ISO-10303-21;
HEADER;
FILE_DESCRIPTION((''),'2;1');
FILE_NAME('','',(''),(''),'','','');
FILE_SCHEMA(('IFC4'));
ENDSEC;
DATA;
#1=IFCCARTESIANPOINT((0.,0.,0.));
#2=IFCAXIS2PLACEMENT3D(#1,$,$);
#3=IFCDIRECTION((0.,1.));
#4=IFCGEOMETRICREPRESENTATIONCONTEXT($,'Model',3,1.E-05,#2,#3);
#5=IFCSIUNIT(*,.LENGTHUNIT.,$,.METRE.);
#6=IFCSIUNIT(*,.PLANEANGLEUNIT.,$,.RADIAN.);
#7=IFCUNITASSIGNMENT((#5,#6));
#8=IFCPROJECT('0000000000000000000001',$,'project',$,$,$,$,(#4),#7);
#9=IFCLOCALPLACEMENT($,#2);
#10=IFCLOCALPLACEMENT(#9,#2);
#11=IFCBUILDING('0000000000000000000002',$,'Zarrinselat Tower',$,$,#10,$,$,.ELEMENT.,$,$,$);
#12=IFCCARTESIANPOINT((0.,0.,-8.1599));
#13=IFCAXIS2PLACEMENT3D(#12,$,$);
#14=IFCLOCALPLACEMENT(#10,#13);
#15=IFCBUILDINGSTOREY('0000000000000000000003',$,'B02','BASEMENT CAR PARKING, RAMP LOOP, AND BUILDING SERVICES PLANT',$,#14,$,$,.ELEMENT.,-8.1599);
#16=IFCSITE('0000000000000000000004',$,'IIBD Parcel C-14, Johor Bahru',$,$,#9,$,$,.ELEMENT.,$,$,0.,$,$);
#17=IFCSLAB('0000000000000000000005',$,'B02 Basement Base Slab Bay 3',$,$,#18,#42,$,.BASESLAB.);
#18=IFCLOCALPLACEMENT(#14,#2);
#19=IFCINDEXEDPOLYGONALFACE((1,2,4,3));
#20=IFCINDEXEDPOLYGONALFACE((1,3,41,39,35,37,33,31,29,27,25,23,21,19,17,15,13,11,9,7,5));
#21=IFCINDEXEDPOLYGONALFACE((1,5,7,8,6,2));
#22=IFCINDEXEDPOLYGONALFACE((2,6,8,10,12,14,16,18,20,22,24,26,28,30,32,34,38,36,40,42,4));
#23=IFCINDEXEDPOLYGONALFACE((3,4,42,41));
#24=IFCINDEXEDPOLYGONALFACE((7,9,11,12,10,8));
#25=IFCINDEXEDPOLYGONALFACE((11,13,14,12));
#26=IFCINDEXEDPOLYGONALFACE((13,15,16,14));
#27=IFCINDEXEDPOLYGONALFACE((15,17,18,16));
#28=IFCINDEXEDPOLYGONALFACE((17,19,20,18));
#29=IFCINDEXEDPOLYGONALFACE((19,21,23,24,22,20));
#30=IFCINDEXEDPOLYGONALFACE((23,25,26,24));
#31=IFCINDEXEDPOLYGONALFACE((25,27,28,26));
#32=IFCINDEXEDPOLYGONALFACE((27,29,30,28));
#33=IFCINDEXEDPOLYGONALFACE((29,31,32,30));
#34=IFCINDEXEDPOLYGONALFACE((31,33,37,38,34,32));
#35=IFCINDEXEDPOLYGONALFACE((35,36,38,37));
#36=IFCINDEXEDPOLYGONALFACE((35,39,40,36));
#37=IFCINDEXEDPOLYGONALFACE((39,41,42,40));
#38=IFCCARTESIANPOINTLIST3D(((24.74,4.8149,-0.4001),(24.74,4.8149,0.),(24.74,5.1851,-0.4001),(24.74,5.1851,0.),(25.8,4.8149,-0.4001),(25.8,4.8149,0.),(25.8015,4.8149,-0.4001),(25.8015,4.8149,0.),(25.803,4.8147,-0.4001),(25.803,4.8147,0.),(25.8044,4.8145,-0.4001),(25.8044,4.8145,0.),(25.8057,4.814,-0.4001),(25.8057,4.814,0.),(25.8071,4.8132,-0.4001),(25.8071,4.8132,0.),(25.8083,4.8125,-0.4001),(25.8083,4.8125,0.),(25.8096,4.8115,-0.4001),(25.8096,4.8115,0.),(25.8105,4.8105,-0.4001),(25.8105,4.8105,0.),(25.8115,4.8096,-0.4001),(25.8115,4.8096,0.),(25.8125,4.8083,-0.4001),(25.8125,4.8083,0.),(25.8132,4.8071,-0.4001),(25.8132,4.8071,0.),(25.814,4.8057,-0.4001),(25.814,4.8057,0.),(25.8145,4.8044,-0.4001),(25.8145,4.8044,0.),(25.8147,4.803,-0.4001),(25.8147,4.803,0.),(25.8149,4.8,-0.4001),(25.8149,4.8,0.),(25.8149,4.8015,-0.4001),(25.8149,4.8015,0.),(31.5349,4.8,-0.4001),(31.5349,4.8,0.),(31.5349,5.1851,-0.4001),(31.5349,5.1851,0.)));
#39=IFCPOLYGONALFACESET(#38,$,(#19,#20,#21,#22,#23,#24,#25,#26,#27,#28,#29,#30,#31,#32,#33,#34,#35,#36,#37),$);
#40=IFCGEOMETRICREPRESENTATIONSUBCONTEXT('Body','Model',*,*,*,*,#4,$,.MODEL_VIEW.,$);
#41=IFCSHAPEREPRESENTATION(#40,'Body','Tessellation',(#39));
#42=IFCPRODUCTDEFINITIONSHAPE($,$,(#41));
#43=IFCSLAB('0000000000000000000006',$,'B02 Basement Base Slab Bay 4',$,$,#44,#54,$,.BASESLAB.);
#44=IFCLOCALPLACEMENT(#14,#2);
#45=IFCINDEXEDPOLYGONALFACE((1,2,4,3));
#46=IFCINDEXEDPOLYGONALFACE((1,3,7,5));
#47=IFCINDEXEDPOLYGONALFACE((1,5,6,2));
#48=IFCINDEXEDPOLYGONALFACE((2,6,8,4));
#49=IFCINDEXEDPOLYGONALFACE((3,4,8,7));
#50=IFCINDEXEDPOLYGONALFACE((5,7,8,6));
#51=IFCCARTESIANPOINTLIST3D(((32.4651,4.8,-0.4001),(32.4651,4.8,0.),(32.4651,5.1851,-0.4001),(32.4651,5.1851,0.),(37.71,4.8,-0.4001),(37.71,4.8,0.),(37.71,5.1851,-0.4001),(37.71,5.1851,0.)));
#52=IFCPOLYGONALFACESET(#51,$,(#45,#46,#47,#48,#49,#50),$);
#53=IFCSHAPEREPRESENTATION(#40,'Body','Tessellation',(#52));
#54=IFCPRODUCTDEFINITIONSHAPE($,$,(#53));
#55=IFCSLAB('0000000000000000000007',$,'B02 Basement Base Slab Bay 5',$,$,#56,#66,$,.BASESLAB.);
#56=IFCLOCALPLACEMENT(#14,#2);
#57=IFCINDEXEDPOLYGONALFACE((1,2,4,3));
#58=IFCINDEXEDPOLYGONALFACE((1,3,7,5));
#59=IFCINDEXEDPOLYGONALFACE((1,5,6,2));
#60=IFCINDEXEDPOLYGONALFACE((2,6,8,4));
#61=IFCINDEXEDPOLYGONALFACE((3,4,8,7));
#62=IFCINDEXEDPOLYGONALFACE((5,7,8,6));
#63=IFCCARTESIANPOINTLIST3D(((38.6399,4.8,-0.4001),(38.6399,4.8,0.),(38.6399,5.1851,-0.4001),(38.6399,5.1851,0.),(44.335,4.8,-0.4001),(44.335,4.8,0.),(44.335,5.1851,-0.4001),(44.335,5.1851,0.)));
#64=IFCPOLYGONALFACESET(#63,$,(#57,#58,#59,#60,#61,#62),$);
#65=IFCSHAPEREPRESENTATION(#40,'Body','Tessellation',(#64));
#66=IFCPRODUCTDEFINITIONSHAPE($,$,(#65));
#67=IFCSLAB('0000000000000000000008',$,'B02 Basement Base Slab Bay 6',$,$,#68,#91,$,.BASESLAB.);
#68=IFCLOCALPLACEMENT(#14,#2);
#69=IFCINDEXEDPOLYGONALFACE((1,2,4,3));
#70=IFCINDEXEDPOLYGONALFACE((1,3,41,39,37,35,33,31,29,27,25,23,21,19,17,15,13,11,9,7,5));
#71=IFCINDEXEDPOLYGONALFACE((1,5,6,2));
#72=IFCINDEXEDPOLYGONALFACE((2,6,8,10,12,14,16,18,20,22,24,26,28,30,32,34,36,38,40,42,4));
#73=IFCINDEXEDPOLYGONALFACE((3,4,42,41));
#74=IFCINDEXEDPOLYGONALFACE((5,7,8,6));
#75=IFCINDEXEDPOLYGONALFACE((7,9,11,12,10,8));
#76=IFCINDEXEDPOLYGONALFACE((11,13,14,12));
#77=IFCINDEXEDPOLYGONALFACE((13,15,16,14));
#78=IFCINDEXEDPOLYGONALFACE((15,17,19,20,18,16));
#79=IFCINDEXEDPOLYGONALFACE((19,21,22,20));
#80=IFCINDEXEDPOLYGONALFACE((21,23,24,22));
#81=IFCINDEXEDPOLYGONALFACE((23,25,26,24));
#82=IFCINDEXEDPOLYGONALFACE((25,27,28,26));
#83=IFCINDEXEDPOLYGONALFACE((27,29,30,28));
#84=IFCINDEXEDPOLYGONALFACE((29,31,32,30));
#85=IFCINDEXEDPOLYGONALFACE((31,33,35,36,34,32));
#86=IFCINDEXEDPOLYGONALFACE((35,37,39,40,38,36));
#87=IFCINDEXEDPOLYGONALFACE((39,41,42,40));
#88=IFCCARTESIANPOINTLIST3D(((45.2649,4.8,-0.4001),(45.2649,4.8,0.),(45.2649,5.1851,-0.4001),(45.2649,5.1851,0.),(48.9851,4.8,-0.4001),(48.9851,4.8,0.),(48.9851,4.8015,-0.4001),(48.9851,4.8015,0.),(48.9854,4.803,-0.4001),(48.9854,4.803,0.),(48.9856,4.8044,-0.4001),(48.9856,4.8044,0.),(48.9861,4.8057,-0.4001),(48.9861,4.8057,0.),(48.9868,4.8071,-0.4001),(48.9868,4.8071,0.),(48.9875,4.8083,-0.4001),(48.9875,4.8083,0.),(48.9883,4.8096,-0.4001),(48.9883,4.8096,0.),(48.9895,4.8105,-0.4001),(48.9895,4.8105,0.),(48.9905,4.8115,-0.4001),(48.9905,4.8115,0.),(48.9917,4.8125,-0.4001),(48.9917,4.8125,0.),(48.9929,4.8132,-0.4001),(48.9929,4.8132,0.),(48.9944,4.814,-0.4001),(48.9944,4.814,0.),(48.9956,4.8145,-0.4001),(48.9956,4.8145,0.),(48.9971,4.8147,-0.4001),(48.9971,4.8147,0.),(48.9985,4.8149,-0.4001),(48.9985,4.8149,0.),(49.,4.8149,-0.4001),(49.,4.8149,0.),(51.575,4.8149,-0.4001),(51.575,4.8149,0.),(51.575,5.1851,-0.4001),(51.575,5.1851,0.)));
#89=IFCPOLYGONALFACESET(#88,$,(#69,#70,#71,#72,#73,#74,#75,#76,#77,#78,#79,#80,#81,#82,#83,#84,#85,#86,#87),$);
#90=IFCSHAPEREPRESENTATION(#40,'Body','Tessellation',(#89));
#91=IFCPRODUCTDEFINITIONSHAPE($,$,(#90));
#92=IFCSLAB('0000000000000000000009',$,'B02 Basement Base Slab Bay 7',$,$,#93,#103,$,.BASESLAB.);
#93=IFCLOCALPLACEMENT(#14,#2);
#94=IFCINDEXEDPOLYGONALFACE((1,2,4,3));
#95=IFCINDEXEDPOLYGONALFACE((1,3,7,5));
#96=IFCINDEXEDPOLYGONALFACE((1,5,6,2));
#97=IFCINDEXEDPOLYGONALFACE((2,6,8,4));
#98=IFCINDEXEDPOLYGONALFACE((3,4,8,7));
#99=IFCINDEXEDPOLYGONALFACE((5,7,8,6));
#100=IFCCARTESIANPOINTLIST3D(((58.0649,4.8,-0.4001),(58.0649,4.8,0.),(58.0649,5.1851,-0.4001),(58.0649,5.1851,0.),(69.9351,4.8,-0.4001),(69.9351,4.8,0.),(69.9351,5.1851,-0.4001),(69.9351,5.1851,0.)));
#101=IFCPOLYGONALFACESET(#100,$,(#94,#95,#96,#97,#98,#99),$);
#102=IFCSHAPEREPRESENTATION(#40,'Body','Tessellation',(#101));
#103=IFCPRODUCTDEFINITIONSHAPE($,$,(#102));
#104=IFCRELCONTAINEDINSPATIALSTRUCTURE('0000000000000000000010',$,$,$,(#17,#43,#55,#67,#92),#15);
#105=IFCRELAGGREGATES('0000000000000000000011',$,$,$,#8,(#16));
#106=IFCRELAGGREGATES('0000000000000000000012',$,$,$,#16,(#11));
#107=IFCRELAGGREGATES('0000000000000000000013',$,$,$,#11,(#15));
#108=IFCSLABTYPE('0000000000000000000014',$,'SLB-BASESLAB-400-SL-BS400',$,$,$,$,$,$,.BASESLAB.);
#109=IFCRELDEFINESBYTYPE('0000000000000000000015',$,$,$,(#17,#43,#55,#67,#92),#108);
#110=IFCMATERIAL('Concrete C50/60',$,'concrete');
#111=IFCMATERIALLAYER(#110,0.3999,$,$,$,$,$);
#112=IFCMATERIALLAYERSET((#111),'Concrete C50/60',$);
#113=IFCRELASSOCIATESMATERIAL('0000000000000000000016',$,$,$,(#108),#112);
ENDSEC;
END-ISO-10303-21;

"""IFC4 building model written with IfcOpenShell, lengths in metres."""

from ifc_helpers import new_model, si_unit, direction, frame, origin, place, context, subcontext, project, spatial, polyline, outline, extrude, material, layer, layer_set, type_object, element, save


model = new_model("IFC4")

# Units and contexts
model_context = context("Model", 3, precision=1e-05, world=origin(), true_north=direction((0.0, 1.0)))
body_context = subcontext(model_context, "Body", "Model", "MODEL_VIEW")
ifc_project = project(units=[si_unit("LENGTHUNIT", "METRE"), si_unit("PLANEANGLEUNIT", "RADIAN")], contexts=[model_context])

# Site, building, storey
site_placement = place(None, origin())
site = spatial("IfcSite", under=ifc_project, at=site_placement, Name="IIBD Parcel C-14, Johor Bahru", CompositionType="ELEMENT", RefElevation=0.0)
building_placement = place(site_placement, origin())
building = spatial("IfcBuilding", under=site, at=building_placement, Name="Zarrinselat Tower", CompositionType="ELEMENT")
storey_placement = place(building_placement, frame((0.0, 0.0, -8.1599)))
storey = spatial("IfcBuildingStorey", under=building, at=storey_placement, Name="B02", Description="BASEMENT CAR PARKING, RAMP LOOP, AND BUILDING SERVICES PLANT", CompositionType="ELEMENT", Elevation=-8.1599)

# Slabs
ifc_material_1 = material(Name="Concrete C50/60", Category="concrete")
ifc_layer_1 = layer(ifc_material_1, 0.3999)
ifc_layer_set_1 = layer_set([ifc_layer_1], Name="Concrete C50/60")
slab_type_1 = type_object("IfcSlabType", Name="SLB-BASESLAB-400-SL-BS400", PredefinedType="BASESLAB", material=ifc_layer_set_1)
slab_1_placement = place(storey_placement, frame((0.0, 0.0, -0.4001)))
element("IfcSlab", 1, at=slab_1_placement, inside=storey, type_object=slab_type_1, Name="B02 Basement Base Slab Bay 3", PredefinedType="BASESLAB", context=body_context, shape_type="SweptSolid", body=[
    extrude(outline(polyline([(25.8149, 4.8), (25.8149, 4.8015), (25.8147, 4.803), (25.8145, 4.8044), (25.814, 4.8057), (25.8132, 4.8071), (25.8125, 4.8083), (25.8115, 4.8096), (25.8105, 4.8105), (25.8096, 4.8115), (25.8083, 4.8125), (25.8071, 4.8132), (25.8057, 4.814), (25.8044, 4.8145), (25.803, 4.8147), (25.8015, 4.8149), (25.8, 4.8149), (24.74, 4.8149), (24.74, 5.1851), (31.5349, 5.1851), (31.5349, 4.8), (25.8149, 4.8)])), origin(), (0.0, 0.0, 1.0), 0.4001),
])
slab_2_placement = place(storey_placement, frame((0.0, 0.0, -0.4001)))
element("IfcSlab", 2, at=slab_2_placement, inside=storey, type_object=slab_type_1, Name="B02 Basement Base Slab Bay 4", PredefinedType="BASESLAB", context=body_context, shape_type="SweptSolid", body=[
    extrude(outline(polyline([(32.4651, 4.8), (32.4651, 5.1851), (37.71, 5.1851), (37.71, 4.8), (32.4651, 4.8)])), origin(), (0.0, 0.0, 1.0), 0.4001),
])
slab_3_placement = place(storey_placement, frame((0.0, 0.0, -0.4001)))
element("IfcSlab", 3, at=slab_3_placement, inside=storey, type_object=slab_type_1, Name="B02 Basement Base Slab Bay 5", PredefinedType="BASESLAB", context=body_context, shape_type="SweptSolid", body=[
    extrude(outline(polyline([(38.6399, 4.8), (38.6399, 5.1851), (44.335, 5.1851), (44.335, 4.8), (38.6399, 4.8)])), origin(), (0.0, 0.0, 1.0), 0.4001),
])
slab_4_placement = place(storey_placement, frame((0.0, 0.0, -0.4001)))
element("IfcSlab", 4, at=slab_4_placement, inside=storey, type_object=slab_type_1, Name="B02 Basement Base Slab Bay 6", PredefinedType="BASESLAB", context=body_context, shape_type="SweptSolid", body=[
    extrude(outline(polyline([(45.2649, 4.8), (45.2649, 5.1851), (51.575, 5.1851), (51.575, 4.8149), (49.0, 4.8149), (48.9985, 4.8149), (48.9971, 4.8147), (48.9956, 4.8145), (48.9944, 4.814), (48.9929, 4.8132), (48.9917, 4.8125), (48.9905, 4.8115), (48.9895, 4.8105), (48.9883, 4.8096), (48.9875, 4.8083), (48.9868, 4.8071), (48.9861, 4.8057), (48.9856, 4.8044), (48.9854, 4.803), (48.9851, 4.8015), (48.9851, 4.8), (45.2649, 4.8)])), origin(), (0.0, 0.0, 1.0), 0.4001),
])
slab_5_placement = place(storey_placement, frame((0.0, 0.0, -0.4001)))
element("IfcSlab", 5, at=slab_5_placement, inside=storey, type_object=slab_type_1, Name="B02 Basement Base Slab Bay 7", PredefinedType="BASESLAB", context=body_context, shape_type="SweptSolid", body=[
    extrude(outline(polyline([(58.0649, 4.8), (58.0649, 5.1851), (69.9351, 5.1851), (69.9351, 4.8), (58.0649, 4.8)])), origin(), (0.0, 0.0, 1.0), 0.4001),
])

save(model, "model.ifc")
